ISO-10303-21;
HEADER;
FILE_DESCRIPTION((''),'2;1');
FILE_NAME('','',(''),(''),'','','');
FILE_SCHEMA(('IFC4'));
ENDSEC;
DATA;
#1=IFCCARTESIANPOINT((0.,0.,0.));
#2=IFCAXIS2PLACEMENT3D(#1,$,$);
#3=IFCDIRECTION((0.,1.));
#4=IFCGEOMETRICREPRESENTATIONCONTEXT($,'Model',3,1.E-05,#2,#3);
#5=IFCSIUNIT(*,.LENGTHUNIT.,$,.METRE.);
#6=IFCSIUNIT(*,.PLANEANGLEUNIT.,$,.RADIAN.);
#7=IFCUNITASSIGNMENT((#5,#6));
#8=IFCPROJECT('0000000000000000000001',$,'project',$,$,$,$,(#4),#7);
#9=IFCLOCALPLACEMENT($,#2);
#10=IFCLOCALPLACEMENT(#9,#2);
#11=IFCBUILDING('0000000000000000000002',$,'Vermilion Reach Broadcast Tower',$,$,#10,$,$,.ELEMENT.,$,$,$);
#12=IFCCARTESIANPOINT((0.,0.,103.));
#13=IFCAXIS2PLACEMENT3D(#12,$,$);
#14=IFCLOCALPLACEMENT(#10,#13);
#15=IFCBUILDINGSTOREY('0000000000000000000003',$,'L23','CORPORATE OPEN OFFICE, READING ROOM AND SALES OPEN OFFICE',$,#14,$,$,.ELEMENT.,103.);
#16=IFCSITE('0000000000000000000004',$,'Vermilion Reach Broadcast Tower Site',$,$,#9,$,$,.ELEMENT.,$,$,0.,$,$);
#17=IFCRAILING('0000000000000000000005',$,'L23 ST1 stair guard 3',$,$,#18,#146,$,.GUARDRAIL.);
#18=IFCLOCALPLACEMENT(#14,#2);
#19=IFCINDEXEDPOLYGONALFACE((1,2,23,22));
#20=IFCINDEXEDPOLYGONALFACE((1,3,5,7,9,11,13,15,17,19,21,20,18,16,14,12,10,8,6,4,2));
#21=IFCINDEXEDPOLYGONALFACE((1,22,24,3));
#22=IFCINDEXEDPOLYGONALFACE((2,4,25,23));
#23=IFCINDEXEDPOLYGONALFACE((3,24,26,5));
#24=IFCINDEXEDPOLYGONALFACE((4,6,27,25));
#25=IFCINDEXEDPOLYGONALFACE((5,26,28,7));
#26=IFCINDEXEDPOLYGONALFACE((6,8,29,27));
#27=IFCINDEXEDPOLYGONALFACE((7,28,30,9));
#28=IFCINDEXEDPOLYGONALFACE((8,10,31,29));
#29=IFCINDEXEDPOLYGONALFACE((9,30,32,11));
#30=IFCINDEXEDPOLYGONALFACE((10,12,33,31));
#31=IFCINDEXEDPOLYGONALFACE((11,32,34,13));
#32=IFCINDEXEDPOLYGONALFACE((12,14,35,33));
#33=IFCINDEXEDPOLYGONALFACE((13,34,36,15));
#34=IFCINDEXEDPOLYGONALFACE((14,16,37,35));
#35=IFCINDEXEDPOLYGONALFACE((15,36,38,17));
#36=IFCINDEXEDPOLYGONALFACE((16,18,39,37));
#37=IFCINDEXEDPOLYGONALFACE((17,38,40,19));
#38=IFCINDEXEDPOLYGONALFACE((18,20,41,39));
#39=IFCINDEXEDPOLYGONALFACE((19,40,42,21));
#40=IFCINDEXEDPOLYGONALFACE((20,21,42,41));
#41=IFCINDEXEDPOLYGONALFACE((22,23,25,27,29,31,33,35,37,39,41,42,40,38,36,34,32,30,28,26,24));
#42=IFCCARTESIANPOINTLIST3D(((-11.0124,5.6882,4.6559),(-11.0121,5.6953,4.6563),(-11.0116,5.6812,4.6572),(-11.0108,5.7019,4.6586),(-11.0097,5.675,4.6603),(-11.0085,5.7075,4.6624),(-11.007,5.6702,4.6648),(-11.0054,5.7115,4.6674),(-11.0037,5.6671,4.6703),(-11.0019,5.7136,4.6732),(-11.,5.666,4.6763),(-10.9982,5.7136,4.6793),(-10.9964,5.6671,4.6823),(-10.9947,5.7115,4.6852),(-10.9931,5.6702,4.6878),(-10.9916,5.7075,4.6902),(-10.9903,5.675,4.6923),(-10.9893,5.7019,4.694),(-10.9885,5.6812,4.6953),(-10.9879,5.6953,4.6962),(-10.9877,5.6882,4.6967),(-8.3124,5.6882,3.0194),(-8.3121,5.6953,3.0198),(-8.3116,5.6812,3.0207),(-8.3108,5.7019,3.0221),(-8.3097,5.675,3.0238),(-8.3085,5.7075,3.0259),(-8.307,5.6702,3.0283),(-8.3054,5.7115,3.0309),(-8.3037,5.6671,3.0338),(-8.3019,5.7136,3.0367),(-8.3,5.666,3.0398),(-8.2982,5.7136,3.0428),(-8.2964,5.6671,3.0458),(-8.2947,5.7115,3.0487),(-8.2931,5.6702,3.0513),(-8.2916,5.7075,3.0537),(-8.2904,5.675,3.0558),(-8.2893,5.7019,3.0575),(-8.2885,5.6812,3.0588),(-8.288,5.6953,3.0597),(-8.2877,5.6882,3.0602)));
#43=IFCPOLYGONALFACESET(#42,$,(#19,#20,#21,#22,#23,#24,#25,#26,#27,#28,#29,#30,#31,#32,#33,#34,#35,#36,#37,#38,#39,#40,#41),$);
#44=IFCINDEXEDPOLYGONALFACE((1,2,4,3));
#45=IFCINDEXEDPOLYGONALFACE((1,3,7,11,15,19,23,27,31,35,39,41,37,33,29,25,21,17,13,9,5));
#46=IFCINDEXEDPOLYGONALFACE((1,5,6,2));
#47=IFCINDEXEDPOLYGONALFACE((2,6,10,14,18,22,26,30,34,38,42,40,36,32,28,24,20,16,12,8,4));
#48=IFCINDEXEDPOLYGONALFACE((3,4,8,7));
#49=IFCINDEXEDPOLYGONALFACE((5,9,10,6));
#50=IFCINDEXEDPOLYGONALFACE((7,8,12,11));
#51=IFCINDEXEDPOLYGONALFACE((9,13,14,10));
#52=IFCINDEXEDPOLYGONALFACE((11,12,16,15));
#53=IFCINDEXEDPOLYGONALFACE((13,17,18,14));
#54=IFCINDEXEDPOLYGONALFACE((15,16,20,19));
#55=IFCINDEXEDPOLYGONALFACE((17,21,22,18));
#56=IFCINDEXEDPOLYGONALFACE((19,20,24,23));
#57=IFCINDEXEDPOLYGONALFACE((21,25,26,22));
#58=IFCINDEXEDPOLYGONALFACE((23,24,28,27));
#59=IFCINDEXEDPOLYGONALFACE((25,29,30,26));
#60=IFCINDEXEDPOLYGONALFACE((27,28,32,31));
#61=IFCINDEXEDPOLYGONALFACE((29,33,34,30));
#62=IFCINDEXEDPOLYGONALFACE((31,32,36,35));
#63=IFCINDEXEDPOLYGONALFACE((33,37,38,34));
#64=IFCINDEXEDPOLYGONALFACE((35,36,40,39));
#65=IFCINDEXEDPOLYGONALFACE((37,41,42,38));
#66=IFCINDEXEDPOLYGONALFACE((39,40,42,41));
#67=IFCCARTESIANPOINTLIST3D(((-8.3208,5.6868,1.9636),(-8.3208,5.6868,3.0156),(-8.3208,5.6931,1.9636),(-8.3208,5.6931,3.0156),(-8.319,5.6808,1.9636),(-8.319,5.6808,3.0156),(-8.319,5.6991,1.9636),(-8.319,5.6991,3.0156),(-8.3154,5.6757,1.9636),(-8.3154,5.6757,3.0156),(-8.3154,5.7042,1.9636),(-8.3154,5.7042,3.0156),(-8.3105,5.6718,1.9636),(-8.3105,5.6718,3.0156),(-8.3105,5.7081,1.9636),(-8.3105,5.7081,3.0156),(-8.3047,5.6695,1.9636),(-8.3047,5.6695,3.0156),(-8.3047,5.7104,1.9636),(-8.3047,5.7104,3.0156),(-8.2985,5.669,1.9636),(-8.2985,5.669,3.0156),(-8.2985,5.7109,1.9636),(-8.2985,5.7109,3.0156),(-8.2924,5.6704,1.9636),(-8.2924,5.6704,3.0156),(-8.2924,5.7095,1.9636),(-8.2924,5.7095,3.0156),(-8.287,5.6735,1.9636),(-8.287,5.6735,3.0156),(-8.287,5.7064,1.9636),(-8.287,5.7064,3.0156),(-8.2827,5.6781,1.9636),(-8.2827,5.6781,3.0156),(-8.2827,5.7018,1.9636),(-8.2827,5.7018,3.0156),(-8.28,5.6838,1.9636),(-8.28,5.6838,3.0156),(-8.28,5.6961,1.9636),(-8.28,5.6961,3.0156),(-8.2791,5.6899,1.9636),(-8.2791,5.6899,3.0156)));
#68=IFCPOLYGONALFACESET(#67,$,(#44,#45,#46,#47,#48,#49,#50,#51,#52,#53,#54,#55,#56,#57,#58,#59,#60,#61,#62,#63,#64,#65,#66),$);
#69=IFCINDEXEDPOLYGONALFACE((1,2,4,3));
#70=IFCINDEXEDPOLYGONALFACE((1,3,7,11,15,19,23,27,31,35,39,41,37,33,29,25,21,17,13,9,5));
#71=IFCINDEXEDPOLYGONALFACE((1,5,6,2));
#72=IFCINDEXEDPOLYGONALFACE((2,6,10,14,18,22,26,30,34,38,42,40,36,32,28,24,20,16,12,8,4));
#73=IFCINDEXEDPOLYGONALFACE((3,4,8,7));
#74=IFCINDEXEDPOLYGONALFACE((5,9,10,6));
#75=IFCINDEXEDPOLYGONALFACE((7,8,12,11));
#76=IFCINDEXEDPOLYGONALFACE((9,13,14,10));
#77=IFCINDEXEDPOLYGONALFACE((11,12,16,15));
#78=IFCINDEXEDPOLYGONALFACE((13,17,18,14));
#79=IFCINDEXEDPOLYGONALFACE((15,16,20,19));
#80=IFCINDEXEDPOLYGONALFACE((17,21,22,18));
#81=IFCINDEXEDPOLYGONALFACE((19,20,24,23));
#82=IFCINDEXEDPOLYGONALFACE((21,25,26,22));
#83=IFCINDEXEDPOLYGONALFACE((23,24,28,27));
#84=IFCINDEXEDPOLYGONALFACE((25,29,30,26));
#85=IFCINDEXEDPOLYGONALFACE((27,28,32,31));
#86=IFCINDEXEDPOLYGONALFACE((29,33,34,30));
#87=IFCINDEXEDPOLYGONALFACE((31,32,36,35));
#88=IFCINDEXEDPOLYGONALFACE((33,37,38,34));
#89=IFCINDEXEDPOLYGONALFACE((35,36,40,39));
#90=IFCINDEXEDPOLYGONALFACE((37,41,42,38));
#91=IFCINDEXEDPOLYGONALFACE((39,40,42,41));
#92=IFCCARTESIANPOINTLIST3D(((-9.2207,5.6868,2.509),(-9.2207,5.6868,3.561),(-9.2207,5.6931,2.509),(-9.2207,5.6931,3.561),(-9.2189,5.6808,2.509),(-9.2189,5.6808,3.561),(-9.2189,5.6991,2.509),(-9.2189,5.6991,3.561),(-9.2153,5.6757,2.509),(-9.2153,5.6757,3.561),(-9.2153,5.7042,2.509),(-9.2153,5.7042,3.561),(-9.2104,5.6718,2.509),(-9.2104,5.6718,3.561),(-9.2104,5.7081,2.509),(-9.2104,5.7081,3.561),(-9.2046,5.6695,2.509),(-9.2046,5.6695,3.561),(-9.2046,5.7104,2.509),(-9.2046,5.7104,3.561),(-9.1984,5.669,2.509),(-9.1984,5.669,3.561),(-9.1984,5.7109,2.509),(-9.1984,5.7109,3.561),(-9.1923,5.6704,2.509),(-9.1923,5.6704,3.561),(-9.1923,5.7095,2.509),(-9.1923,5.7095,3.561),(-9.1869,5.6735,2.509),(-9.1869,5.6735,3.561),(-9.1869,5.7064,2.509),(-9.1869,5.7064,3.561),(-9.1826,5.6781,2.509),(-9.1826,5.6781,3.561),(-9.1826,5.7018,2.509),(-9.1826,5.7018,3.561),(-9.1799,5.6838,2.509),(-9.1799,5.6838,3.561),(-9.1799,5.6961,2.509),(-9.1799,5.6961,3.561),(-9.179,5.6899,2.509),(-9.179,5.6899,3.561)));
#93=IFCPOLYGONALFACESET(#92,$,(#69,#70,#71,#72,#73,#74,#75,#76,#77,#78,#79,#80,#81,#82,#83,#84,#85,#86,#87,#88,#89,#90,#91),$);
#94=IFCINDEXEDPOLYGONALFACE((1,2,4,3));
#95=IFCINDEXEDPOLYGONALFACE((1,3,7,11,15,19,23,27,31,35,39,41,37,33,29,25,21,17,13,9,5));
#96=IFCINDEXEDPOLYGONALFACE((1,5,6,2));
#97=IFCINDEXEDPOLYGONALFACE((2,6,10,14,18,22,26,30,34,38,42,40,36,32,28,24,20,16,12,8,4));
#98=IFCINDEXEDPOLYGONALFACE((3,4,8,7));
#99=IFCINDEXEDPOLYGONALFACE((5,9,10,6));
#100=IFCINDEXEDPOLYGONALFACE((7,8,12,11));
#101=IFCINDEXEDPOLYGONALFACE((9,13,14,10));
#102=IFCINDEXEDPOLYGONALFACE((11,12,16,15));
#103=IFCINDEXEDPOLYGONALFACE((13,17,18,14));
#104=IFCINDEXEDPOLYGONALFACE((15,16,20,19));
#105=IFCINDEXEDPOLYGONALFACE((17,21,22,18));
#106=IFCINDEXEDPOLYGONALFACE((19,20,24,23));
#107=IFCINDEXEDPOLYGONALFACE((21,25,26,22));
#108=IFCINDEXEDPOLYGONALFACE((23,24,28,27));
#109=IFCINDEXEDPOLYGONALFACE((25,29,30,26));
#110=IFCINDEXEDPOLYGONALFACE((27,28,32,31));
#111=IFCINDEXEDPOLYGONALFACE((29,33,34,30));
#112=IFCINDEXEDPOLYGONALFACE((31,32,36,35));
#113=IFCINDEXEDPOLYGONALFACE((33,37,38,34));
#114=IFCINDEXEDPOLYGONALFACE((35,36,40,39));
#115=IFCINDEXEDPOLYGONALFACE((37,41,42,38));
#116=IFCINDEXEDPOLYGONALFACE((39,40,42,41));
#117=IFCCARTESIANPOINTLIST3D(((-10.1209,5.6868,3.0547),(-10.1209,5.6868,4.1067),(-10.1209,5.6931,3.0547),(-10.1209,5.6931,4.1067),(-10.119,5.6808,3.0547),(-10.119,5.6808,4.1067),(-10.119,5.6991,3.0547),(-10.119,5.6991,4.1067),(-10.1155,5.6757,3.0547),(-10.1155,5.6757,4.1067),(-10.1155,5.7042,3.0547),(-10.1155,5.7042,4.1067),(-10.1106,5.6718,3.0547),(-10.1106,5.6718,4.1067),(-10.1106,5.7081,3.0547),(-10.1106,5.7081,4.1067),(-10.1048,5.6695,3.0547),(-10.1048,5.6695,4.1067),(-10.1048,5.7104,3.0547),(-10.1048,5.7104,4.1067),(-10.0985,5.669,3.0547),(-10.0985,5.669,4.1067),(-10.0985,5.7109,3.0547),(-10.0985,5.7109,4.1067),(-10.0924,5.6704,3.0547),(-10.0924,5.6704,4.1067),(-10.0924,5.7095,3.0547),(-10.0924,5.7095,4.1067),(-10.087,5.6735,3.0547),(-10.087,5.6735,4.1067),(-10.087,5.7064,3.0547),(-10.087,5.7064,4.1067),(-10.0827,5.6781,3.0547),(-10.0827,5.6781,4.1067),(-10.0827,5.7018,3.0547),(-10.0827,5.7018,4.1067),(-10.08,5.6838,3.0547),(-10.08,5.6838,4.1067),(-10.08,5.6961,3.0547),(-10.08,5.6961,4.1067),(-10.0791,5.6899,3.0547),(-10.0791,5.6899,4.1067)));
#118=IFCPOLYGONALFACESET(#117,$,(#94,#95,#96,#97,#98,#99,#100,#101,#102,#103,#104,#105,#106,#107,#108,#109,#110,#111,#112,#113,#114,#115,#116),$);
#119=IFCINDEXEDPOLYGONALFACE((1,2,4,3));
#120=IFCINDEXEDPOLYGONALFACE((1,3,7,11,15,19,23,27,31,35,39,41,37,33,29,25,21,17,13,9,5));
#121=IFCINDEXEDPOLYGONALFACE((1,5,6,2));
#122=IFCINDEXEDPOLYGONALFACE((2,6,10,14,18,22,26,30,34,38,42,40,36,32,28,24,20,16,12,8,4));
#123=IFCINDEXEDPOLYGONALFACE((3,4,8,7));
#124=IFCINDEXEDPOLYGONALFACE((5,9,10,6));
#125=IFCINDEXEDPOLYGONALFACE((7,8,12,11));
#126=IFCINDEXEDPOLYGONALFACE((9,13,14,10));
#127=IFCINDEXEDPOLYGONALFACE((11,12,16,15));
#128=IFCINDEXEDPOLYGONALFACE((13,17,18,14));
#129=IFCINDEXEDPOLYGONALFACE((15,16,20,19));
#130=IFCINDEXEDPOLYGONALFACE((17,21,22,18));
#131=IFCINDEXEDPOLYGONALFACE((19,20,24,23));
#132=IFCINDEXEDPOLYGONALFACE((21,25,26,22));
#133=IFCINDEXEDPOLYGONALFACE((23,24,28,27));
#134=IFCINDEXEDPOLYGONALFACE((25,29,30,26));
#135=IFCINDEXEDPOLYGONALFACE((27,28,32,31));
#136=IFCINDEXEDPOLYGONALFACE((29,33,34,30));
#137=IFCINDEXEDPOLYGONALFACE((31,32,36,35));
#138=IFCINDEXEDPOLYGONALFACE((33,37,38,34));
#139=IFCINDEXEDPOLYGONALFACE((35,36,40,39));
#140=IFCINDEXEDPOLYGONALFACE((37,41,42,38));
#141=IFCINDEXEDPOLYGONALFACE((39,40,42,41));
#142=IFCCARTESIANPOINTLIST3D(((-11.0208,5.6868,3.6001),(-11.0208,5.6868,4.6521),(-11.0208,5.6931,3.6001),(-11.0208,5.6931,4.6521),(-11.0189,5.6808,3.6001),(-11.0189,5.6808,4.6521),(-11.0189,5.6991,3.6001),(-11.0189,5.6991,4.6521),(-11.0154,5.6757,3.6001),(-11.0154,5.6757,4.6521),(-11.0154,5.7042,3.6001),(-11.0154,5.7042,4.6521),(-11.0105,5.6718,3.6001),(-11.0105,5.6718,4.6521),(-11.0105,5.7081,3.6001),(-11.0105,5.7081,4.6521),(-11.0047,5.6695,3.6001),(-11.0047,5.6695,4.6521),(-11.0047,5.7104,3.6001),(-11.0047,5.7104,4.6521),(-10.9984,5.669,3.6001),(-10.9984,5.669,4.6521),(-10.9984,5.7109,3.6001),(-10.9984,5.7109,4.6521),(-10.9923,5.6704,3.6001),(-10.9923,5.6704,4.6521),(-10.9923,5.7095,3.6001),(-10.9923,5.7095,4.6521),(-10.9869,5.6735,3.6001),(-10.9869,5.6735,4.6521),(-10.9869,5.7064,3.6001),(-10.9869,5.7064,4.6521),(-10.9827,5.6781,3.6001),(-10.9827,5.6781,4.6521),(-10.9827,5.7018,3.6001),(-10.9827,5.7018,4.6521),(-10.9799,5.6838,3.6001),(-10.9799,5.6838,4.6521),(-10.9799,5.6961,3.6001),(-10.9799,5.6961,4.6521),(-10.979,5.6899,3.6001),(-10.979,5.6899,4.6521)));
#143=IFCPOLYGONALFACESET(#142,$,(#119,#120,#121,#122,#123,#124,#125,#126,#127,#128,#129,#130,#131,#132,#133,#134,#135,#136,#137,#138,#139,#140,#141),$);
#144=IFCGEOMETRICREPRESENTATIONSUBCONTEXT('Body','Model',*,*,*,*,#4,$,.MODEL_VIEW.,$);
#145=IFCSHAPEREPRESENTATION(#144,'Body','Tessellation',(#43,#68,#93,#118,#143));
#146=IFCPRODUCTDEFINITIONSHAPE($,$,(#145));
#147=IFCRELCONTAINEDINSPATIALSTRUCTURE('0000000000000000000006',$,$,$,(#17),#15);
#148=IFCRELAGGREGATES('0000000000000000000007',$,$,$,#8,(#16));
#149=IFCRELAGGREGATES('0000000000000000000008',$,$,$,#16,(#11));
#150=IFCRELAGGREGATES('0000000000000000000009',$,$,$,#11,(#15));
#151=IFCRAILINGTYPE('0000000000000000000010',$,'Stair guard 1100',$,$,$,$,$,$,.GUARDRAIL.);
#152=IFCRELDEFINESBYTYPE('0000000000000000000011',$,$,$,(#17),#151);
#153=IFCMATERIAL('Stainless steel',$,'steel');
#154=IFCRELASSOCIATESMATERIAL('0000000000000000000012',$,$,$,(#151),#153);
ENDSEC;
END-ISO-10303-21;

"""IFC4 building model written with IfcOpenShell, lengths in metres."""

from ifc_helpers import new_model, si_unit, direction, frame, origin, origin_2d, place, context, subcontext, project, spatial, circle, extrude, material, type_object, element, save


model = new_model("IFC4")

# Units and contexts
model_context = context("Model", 3, precision=1e-05, world=origin(), true_north=direction((0.0, 1.0)))
body_context = subcontext(model_context, "Body", "Model", "MODEL_VIEW")
ifc_project = project(units=[si_unit("LENGTHUNIT", "METRE"), si_unit("PLANEANGLEUNIT", "RADIAN")], contexts=[model_context])

# Site, building, storey
site_placement = place(None, origin())
site = spatial("IfcSite", under=ifc_project, at=site_placement, Name="Vermilion Reach Broadcast Tower Site", CompositionType="ELEMENT", RefElevation=0.0)
building_placement = place(site_placement, origin())
building = spatial("IfcBuilding", under=site, at=building_placement, Name="Vermilion Reach Broadcast Tower", CompositionType="ELEMENT")
storey_placement = place(building_placement, frame((0.0, 0.0, 103.0)))
storey = spatial("IfcBuildingStorey", under=building, at=storey_placement, Name="L23", Description="CORPORATE OPEN OFFICE, READING ROOM AND SALES OPEN OFFICE", CompositionType="ELEMENT", Elevation=103.0)

# Railing
ifc_material_1 = material(Name="Stainless steel", Category="steel")
railing_type_1 = type_object("IfcRailingType", Name="Stair guard 1100", PredefinedType="GUARDRAIL", material=ifc_material_1)
railing_1_placement = place(storey_placement, frame((-8.3, 5.6899, 1.9636)))
element("IfcRailing", 1, at=railing_1_placement, inside=storey, type_object=railing_type_1, Name="L23 ST1 stair guard 3", PredefinedType="GUARDRAIL", context=body_context, shape_type="SweptSolid", body=[
    extrude(circle(Radius=0.0239, at=origin_2d()), frame((0.0, 0.0, 1.0762), z_axis=(-0.855178, 0.0, 0.518334), x_axis=(0.0, -1.0, 0.0)), (0.0, 0.0, 1.0), 3.1572),
    extrude(circle(Radius=0.021, at=origin_2d()), origin(), (0.0, 0.0, 1.0), 1.052),
    extrude(circle(Radius=0.021, at=origin_2d()), frame((-0.8999, 0.0, 0.5454)), (0.0, 0.0, 1.0), 1.052),
    extrude(circle(Radius=0.021, at=origin_2d()), frame((-1.8, 0.0, 1.0911)), (0.0, 0.0, 1.0), 1.052),
    extrude(circle(Radius=0.021, at=origin_2d()), frame((-2.7, 0.0, 1.6365)), (0.0, 0.0, 1.0), 1.052),
])

save(model, "model.ifc")
